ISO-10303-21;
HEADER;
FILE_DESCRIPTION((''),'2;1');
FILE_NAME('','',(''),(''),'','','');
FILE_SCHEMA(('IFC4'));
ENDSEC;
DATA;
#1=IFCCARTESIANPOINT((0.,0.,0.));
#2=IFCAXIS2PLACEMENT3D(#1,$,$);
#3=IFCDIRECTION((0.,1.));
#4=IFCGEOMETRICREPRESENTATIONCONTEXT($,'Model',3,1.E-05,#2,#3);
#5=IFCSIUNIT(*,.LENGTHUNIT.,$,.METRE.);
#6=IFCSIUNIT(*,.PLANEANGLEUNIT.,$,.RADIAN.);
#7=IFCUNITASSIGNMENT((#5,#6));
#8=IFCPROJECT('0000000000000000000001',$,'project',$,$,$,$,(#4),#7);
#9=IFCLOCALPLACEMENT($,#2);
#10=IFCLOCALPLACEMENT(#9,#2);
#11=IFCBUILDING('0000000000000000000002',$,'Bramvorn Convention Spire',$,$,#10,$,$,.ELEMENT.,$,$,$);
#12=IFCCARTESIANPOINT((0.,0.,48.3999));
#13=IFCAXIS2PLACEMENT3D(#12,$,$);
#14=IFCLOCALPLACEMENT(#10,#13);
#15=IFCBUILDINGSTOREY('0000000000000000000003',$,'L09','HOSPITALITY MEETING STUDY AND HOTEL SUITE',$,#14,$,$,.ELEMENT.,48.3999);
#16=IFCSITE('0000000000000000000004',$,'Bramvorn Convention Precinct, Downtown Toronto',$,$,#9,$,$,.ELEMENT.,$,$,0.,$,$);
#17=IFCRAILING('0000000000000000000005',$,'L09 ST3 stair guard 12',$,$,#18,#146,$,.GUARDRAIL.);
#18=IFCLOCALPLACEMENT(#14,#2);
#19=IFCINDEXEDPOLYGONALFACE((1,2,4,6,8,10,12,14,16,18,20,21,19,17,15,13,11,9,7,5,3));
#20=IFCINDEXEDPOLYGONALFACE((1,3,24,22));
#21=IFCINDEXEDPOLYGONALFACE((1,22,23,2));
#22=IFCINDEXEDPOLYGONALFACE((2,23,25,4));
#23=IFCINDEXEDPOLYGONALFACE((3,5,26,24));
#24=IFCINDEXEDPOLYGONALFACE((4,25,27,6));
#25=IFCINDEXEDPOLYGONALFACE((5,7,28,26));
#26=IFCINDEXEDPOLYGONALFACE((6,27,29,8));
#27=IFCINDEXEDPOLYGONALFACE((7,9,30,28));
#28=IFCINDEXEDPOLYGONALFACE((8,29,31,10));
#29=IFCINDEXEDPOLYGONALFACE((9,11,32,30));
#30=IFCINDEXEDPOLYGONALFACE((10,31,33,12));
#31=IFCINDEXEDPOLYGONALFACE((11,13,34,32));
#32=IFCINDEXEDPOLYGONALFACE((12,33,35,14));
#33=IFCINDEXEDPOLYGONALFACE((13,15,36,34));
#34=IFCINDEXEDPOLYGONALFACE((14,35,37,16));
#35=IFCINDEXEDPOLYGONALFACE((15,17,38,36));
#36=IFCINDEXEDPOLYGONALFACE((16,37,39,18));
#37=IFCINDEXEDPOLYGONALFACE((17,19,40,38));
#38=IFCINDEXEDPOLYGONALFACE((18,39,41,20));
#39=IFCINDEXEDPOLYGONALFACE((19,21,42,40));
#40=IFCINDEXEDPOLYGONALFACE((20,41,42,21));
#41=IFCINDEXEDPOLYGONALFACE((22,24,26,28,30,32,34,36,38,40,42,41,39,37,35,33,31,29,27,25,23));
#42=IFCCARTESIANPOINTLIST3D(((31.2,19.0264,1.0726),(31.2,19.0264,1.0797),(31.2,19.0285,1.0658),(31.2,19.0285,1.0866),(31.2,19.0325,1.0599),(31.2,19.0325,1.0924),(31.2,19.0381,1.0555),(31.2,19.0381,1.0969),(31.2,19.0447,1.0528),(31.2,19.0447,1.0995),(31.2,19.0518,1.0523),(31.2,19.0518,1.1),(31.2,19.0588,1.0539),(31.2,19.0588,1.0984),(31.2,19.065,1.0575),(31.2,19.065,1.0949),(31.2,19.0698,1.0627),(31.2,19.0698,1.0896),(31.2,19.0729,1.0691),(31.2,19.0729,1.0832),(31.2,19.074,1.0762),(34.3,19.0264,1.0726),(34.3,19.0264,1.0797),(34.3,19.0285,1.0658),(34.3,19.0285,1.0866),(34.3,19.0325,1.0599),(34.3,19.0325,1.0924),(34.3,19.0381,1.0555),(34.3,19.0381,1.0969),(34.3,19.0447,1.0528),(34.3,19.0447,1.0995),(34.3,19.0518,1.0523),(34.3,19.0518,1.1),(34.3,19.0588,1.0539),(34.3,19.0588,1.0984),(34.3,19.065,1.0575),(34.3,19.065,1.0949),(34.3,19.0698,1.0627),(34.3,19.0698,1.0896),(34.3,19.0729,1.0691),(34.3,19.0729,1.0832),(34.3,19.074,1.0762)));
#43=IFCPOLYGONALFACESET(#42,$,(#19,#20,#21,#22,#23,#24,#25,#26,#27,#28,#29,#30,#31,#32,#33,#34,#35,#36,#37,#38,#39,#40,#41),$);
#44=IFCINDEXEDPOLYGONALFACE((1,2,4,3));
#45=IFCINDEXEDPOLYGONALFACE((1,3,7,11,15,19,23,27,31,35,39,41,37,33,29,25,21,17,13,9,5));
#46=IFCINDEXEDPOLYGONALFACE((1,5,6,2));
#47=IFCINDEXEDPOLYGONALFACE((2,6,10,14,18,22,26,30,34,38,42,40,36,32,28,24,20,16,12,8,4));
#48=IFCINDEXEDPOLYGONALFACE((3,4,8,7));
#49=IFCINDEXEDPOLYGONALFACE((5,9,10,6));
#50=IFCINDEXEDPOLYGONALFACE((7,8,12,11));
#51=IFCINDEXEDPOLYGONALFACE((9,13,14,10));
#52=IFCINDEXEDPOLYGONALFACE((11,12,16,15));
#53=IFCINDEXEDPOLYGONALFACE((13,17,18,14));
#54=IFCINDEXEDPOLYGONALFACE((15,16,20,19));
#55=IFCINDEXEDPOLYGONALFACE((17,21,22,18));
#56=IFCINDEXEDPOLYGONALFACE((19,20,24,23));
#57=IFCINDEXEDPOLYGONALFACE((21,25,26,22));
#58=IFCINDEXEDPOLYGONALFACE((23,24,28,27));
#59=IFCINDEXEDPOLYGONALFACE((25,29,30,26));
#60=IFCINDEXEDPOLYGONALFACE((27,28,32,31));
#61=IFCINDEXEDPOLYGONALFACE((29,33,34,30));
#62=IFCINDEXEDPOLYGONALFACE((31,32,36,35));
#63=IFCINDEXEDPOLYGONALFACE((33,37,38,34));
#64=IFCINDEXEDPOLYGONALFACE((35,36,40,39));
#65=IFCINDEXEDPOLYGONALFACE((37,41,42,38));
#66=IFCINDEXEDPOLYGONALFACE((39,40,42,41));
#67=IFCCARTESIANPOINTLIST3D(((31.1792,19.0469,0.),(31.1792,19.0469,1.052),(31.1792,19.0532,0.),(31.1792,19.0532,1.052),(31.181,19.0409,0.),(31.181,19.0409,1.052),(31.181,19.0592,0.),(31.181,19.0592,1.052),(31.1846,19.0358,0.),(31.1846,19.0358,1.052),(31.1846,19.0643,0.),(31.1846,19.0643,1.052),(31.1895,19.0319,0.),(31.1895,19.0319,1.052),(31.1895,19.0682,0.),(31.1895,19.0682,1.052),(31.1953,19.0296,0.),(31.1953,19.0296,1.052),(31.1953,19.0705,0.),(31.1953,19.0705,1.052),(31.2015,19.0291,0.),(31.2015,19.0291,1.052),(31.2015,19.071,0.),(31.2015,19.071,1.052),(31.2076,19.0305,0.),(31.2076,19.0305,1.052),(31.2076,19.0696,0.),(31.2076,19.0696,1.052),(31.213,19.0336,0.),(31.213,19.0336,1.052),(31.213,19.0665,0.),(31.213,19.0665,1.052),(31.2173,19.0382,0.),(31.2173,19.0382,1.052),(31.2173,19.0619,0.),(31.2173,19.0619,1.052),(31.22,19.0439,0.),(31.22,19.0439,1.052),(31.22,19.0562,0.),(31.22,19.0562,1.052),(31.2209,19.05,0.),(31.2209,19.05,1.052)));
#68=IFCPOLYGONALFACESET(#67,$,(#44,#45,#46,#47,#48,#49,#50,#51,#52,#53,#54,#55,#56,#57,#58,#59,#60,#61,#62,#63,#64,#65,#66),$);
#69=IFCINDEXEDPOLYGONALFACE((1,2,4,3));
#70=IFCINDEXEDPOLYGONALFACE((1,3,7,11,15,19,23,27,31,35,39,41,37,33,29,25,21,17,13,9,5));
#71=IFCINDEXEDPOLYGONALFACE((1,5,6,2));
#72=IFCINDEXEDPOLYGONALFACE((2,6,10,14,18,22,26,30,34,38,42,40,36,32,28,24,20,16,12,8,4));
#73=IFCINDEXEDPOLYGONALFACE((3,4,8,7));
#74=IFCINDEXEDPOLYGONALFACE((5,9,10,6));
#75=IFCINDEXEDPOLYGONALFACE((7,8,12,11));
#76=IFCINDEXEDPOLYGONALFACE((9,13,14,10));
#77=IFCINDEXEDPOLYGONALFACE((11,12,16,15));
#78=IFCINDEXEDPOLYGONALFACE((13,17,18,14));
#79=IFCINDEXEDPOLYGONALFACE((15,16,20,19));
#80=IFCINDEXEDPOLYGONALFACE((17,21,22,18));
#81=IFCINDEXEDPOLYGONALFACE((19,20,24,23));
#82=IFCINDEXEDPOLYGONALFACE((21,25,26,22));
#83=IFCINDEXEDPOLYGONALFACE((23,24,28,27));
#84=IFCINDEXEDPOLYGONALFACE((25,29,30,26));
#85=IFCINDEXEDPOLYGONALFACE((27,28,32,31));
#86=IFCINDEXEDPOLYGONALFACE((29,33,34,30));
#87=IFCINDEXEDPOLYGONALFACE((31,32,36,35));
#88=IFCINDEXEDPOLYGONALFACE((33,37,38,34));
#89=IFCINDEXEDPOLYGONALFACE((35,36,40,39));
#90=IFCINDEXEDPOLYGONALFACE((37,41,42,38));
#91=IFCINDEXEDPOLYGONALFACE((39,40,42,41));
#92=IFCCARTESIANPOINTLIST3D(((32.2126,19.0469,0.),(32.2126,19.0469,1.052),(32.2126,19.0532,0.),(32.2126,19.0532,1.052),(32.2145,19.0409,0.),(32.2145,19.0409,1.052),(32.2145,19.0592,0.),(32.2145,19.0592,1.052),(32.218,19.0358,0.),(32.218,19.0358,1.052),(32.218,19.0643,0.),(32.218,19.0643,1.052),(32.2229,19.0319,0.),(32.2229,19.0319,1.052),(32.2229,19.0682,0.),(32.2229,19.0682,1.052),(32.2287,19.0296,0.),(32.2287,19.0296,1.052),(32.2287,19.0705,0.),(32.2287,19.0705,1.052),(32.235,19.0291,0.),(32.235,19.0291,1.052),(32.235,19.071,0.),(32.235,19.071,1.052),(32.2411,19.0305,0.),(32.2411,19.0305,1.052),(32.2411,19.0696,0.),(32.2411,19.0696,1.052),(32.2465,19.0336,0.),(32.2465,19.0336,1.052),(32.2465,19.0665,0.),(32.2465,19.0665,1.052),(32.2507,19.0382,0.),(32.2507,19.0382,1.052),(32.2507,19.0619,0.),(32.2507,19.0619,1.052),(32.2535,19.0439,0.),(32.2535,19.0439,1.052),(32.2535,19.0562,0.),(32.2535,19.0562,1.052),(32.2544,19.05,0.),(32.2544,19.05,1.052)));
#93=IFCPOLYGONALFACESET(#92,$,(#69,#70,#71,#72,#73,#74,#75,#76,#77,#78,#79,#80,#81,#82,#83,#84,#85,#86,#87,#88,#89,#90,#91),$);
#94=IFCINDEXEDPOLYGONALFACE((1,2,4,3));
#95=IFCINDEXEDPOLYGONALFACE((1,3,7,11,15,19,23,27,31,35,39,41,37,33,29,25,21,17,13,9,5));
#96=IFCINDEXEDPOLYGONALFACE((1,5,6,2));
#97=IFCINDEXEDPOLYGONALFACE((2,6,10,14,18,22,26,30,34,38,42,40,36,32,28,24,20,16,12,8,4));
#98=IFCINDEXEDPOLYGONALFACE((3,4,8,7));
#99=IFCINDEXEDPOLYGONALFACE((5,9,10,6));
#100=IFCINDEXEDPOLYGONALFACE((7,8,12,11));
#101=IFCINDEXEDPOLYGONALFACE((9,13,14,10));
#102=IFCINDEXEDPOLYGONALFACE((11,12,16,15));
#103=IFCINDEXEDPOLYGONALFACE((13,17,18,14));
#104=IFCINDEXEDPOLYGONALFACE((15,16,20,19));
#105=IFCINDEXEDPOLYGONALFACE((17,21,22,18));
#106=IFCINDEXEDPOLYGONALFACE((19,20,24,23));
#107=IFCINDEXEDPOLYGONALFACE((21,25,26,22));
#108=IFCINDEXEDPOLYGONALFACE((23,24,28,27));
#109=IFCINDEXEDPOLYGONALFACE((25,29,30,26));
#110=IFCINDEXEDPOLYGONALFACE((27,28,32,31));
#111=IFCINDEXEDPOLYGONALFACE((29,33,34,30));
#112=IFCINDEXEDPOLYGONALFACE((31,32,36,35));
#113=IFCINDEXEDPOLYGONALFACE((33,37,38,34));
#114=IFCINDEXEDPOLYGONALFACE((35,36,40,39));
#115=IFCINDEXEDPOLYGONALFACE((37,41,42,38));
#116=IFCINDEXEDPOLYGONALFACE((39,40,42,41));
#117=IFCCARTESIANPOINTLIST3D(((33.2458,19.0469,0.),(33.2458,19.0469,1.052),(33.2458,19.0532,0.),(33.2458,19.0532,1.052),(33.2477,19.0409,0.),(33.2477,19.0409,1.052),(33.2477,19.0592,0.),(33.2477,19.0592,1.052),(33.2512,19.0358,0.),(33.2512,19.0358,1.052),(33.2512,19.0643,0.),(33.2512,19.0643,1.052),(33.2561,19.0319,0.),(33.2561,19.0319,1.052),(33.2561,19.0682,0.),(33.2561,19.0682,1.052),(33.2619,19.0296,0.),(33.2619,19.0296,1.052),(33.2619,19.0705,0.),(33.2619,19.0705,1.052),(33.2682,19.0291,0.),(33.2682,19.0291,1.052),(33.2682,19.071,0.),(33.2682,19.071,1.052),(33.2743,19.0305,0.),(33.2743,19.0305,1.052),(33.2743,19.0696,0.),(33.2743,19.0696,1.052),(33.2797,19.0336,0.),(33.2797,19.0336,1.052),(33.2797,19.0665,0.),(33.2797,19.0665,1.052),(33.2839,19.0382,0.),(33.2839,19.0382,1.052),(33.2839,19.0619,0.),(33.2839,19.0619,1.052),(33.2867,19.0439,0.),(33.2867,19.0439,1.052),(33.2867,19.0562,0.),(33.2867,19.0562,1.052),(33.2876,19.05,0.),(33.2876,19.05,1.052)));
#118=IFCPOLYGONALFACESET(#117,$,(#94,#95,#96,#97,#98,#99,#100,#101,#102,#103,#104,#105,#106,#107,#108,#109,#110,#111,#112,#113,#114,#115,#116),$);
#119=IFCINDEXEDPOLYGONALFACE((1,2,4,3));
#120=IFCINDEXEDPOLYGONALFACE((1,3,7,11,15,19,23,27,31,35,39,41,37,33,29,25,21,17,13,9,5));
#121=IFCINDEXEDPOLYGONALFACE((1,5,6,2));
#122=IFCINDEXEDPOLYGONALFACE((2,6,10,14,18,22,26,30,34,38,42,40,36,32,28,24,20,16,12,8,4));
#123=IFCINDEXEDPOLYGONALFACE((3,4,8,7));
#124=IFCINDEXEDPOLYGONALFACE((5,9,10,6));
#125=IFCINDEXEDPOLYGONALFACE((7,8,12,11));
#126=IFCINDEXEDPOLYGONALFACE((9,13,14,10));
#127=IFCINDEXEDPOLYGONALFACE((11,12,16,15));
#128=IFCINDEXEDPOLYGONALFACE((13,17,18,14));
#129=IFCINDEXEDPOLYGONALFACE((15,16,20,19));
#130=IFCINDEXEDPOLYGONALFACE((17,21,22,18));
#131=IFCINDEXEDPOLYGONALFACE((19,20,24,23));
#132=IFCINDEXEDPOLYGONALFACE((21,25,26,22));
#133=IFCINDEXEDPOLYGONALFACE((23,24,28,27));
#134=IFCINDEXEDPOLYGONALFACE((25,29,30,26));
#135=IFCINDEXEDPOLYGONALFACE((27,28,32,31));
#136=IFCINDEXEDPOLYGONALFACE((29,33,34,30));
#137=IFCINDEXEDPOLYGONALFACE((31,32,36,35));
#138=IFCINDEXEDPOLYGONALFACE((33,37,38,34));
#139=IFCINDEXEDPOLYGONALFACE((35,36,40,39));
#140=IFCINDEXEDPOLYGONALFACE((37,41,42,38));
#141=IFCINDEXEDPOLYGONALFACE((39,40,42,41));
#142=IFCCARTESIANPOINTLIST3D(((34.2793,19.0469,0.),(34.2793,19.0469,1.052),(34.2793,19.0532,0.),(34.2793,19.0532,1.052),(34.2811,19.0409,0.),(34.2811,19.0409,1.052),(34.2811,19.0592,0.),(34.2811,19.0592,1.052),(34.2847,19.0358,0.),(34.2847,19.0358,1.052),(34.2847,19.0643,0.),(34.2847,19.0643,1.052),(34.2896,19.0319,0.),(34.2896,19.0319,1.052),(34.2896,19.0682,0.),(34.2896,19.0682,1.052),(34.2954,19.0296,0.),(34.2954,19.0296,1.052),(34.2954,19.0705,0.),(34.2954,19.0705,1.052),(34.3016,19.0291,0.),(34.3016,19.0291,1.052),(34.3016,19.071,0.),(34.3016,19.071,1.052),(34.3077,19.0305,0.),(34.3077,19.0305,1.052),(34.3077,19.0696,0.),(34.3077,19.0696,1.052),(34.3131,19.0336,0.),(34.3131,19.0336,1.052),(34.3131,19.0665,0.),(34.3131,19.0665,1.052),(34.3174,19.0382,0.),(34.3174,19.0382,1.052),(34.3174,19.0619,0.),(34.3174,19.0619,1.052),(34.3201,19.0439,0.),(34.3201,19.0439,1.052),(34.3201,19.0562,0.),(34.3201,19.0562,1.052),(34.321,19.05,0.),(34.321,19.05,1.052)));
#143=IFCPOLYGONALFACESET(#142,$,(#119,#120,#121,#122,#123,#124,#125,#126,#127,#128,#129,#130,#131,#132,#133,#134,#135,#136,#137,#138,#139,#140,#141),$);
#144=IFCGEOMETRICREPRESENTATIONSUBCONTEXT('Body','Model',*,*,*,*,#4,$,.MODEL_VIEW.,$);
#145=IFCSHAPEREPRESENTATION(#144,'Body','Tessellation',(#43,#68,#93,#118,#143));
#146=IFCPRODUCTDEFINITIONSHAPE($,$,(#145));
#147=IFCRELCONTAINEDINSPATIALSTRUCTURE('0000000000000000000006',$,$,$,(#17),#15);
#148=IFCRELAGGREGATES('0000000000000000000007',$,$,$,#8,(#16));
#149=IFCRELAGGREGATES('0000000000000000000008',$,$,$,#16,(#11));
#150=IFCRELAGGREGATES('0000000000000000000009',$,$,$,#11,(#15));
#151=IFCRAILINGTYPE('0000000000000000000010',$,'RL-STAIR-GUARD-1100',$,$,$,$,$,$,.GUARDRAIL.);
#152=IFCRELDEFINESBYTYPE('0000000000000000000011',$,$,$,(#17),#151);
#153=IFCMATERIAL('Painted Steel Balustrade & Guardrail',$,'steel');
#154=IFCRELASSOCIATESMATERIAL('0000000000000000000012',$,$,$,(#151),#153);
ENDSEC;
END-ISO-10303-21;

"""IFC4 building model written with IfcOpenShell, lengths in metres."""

from ifc_helpers import new_model, si_unit, direction, frame, origin, origin_2d, place, context, subcontext, project, spatial, circle, extrude, material, type_object, element, save


model = new_model("IFC4")

# Units and contexts
model_context = context("Model", 3, precision=1e-05, world=origin(), true_north=direction((0.0, 1.0)))
body_context = subcontext(model_context, "Body", "Model", "MODEL_VIEW")
ifc_project = project(units=[si_unit("LENGTHUNIT", "METRE"), si_unit("PLANEANGLEUNIT", "RADIAN")], contexts=[model_context])

# Site, building, storey
site_placement = place(None, origin())
site = spatial("IfcSite", under=ifc_project, at=site_placement, Name="Bramvorn Convention Precinct, Downtown Toronto", CompositionType="ELEMENT", RefElevation=0.0)
building_placement = place(site_placement, origin())
building = spatial("IfcBuilding", under=site, at=building_placement, Name="Bramvorn Convention Spire", CompositionType="ELEMENT")
storey_placement = place(building_placement, frame((0.0, 0.0, 48.3999)))
storey = spatial("IfcBuildingStorey", under=building, at=storey_placement, Name="L09", Description="HOSPITALITY MEETING STUDY AND HOTEL SUITE", CompositionType="ELEMENT", Elevation=48.3999)

# Railing
ifc_material_1 = material(Name="Painted Steel Balustrade & Guardrail", Category="steel")
railing_type = type_object("IfcRailingType", Name="RL-STAIR-GUARD-1100", PredefinedType="GUARDRAIL", material=ifc_material_1)
railing_1_placement = place(storey_placement, frame((31.2, 19.05, 0.0)))
element("IfcRailing", 1, at=railing_1_placement, inside=storey, type_object=railing_type, Name="L09 ST3 stair guard 12", PredefinedType="GUARDRAIL", context=body_context, shape_type="SweptSolid", body=[
    extrude(circle(Radius=0.0239, at=origin_2d()), frame((0.0, 0.0, 1.0762), z_axis=(1.0, 0.0, 0.0), x_axis=(0.0, 1.0, 0.0)), (0.0, 0.0, 1.0), 3.1001),
    extrude(circle(Radius=0.021, at=origin_2d()), origin(), (0.0, 0.0, 1.0), 1.052),
    extrude(circle(Radius=0.021, at=origin_2d()), frame((1.0334, 0.0, 0.0)), (0.0, 0.0, 1.0), 1.052),
    extrude(circle(Radius=0.021, at=origin_2d()), frame((2.0667, 0.0, 0.0)), (0.0, 0.0, 1.0), 1.052),
    extrude(circle(Radius=0.021, at=origin_2d()), frame((3.1001, 0.0, 0.0)), (0.0, 0.0, 1.0), 1.052),
])

save(model, "model.ifc")
